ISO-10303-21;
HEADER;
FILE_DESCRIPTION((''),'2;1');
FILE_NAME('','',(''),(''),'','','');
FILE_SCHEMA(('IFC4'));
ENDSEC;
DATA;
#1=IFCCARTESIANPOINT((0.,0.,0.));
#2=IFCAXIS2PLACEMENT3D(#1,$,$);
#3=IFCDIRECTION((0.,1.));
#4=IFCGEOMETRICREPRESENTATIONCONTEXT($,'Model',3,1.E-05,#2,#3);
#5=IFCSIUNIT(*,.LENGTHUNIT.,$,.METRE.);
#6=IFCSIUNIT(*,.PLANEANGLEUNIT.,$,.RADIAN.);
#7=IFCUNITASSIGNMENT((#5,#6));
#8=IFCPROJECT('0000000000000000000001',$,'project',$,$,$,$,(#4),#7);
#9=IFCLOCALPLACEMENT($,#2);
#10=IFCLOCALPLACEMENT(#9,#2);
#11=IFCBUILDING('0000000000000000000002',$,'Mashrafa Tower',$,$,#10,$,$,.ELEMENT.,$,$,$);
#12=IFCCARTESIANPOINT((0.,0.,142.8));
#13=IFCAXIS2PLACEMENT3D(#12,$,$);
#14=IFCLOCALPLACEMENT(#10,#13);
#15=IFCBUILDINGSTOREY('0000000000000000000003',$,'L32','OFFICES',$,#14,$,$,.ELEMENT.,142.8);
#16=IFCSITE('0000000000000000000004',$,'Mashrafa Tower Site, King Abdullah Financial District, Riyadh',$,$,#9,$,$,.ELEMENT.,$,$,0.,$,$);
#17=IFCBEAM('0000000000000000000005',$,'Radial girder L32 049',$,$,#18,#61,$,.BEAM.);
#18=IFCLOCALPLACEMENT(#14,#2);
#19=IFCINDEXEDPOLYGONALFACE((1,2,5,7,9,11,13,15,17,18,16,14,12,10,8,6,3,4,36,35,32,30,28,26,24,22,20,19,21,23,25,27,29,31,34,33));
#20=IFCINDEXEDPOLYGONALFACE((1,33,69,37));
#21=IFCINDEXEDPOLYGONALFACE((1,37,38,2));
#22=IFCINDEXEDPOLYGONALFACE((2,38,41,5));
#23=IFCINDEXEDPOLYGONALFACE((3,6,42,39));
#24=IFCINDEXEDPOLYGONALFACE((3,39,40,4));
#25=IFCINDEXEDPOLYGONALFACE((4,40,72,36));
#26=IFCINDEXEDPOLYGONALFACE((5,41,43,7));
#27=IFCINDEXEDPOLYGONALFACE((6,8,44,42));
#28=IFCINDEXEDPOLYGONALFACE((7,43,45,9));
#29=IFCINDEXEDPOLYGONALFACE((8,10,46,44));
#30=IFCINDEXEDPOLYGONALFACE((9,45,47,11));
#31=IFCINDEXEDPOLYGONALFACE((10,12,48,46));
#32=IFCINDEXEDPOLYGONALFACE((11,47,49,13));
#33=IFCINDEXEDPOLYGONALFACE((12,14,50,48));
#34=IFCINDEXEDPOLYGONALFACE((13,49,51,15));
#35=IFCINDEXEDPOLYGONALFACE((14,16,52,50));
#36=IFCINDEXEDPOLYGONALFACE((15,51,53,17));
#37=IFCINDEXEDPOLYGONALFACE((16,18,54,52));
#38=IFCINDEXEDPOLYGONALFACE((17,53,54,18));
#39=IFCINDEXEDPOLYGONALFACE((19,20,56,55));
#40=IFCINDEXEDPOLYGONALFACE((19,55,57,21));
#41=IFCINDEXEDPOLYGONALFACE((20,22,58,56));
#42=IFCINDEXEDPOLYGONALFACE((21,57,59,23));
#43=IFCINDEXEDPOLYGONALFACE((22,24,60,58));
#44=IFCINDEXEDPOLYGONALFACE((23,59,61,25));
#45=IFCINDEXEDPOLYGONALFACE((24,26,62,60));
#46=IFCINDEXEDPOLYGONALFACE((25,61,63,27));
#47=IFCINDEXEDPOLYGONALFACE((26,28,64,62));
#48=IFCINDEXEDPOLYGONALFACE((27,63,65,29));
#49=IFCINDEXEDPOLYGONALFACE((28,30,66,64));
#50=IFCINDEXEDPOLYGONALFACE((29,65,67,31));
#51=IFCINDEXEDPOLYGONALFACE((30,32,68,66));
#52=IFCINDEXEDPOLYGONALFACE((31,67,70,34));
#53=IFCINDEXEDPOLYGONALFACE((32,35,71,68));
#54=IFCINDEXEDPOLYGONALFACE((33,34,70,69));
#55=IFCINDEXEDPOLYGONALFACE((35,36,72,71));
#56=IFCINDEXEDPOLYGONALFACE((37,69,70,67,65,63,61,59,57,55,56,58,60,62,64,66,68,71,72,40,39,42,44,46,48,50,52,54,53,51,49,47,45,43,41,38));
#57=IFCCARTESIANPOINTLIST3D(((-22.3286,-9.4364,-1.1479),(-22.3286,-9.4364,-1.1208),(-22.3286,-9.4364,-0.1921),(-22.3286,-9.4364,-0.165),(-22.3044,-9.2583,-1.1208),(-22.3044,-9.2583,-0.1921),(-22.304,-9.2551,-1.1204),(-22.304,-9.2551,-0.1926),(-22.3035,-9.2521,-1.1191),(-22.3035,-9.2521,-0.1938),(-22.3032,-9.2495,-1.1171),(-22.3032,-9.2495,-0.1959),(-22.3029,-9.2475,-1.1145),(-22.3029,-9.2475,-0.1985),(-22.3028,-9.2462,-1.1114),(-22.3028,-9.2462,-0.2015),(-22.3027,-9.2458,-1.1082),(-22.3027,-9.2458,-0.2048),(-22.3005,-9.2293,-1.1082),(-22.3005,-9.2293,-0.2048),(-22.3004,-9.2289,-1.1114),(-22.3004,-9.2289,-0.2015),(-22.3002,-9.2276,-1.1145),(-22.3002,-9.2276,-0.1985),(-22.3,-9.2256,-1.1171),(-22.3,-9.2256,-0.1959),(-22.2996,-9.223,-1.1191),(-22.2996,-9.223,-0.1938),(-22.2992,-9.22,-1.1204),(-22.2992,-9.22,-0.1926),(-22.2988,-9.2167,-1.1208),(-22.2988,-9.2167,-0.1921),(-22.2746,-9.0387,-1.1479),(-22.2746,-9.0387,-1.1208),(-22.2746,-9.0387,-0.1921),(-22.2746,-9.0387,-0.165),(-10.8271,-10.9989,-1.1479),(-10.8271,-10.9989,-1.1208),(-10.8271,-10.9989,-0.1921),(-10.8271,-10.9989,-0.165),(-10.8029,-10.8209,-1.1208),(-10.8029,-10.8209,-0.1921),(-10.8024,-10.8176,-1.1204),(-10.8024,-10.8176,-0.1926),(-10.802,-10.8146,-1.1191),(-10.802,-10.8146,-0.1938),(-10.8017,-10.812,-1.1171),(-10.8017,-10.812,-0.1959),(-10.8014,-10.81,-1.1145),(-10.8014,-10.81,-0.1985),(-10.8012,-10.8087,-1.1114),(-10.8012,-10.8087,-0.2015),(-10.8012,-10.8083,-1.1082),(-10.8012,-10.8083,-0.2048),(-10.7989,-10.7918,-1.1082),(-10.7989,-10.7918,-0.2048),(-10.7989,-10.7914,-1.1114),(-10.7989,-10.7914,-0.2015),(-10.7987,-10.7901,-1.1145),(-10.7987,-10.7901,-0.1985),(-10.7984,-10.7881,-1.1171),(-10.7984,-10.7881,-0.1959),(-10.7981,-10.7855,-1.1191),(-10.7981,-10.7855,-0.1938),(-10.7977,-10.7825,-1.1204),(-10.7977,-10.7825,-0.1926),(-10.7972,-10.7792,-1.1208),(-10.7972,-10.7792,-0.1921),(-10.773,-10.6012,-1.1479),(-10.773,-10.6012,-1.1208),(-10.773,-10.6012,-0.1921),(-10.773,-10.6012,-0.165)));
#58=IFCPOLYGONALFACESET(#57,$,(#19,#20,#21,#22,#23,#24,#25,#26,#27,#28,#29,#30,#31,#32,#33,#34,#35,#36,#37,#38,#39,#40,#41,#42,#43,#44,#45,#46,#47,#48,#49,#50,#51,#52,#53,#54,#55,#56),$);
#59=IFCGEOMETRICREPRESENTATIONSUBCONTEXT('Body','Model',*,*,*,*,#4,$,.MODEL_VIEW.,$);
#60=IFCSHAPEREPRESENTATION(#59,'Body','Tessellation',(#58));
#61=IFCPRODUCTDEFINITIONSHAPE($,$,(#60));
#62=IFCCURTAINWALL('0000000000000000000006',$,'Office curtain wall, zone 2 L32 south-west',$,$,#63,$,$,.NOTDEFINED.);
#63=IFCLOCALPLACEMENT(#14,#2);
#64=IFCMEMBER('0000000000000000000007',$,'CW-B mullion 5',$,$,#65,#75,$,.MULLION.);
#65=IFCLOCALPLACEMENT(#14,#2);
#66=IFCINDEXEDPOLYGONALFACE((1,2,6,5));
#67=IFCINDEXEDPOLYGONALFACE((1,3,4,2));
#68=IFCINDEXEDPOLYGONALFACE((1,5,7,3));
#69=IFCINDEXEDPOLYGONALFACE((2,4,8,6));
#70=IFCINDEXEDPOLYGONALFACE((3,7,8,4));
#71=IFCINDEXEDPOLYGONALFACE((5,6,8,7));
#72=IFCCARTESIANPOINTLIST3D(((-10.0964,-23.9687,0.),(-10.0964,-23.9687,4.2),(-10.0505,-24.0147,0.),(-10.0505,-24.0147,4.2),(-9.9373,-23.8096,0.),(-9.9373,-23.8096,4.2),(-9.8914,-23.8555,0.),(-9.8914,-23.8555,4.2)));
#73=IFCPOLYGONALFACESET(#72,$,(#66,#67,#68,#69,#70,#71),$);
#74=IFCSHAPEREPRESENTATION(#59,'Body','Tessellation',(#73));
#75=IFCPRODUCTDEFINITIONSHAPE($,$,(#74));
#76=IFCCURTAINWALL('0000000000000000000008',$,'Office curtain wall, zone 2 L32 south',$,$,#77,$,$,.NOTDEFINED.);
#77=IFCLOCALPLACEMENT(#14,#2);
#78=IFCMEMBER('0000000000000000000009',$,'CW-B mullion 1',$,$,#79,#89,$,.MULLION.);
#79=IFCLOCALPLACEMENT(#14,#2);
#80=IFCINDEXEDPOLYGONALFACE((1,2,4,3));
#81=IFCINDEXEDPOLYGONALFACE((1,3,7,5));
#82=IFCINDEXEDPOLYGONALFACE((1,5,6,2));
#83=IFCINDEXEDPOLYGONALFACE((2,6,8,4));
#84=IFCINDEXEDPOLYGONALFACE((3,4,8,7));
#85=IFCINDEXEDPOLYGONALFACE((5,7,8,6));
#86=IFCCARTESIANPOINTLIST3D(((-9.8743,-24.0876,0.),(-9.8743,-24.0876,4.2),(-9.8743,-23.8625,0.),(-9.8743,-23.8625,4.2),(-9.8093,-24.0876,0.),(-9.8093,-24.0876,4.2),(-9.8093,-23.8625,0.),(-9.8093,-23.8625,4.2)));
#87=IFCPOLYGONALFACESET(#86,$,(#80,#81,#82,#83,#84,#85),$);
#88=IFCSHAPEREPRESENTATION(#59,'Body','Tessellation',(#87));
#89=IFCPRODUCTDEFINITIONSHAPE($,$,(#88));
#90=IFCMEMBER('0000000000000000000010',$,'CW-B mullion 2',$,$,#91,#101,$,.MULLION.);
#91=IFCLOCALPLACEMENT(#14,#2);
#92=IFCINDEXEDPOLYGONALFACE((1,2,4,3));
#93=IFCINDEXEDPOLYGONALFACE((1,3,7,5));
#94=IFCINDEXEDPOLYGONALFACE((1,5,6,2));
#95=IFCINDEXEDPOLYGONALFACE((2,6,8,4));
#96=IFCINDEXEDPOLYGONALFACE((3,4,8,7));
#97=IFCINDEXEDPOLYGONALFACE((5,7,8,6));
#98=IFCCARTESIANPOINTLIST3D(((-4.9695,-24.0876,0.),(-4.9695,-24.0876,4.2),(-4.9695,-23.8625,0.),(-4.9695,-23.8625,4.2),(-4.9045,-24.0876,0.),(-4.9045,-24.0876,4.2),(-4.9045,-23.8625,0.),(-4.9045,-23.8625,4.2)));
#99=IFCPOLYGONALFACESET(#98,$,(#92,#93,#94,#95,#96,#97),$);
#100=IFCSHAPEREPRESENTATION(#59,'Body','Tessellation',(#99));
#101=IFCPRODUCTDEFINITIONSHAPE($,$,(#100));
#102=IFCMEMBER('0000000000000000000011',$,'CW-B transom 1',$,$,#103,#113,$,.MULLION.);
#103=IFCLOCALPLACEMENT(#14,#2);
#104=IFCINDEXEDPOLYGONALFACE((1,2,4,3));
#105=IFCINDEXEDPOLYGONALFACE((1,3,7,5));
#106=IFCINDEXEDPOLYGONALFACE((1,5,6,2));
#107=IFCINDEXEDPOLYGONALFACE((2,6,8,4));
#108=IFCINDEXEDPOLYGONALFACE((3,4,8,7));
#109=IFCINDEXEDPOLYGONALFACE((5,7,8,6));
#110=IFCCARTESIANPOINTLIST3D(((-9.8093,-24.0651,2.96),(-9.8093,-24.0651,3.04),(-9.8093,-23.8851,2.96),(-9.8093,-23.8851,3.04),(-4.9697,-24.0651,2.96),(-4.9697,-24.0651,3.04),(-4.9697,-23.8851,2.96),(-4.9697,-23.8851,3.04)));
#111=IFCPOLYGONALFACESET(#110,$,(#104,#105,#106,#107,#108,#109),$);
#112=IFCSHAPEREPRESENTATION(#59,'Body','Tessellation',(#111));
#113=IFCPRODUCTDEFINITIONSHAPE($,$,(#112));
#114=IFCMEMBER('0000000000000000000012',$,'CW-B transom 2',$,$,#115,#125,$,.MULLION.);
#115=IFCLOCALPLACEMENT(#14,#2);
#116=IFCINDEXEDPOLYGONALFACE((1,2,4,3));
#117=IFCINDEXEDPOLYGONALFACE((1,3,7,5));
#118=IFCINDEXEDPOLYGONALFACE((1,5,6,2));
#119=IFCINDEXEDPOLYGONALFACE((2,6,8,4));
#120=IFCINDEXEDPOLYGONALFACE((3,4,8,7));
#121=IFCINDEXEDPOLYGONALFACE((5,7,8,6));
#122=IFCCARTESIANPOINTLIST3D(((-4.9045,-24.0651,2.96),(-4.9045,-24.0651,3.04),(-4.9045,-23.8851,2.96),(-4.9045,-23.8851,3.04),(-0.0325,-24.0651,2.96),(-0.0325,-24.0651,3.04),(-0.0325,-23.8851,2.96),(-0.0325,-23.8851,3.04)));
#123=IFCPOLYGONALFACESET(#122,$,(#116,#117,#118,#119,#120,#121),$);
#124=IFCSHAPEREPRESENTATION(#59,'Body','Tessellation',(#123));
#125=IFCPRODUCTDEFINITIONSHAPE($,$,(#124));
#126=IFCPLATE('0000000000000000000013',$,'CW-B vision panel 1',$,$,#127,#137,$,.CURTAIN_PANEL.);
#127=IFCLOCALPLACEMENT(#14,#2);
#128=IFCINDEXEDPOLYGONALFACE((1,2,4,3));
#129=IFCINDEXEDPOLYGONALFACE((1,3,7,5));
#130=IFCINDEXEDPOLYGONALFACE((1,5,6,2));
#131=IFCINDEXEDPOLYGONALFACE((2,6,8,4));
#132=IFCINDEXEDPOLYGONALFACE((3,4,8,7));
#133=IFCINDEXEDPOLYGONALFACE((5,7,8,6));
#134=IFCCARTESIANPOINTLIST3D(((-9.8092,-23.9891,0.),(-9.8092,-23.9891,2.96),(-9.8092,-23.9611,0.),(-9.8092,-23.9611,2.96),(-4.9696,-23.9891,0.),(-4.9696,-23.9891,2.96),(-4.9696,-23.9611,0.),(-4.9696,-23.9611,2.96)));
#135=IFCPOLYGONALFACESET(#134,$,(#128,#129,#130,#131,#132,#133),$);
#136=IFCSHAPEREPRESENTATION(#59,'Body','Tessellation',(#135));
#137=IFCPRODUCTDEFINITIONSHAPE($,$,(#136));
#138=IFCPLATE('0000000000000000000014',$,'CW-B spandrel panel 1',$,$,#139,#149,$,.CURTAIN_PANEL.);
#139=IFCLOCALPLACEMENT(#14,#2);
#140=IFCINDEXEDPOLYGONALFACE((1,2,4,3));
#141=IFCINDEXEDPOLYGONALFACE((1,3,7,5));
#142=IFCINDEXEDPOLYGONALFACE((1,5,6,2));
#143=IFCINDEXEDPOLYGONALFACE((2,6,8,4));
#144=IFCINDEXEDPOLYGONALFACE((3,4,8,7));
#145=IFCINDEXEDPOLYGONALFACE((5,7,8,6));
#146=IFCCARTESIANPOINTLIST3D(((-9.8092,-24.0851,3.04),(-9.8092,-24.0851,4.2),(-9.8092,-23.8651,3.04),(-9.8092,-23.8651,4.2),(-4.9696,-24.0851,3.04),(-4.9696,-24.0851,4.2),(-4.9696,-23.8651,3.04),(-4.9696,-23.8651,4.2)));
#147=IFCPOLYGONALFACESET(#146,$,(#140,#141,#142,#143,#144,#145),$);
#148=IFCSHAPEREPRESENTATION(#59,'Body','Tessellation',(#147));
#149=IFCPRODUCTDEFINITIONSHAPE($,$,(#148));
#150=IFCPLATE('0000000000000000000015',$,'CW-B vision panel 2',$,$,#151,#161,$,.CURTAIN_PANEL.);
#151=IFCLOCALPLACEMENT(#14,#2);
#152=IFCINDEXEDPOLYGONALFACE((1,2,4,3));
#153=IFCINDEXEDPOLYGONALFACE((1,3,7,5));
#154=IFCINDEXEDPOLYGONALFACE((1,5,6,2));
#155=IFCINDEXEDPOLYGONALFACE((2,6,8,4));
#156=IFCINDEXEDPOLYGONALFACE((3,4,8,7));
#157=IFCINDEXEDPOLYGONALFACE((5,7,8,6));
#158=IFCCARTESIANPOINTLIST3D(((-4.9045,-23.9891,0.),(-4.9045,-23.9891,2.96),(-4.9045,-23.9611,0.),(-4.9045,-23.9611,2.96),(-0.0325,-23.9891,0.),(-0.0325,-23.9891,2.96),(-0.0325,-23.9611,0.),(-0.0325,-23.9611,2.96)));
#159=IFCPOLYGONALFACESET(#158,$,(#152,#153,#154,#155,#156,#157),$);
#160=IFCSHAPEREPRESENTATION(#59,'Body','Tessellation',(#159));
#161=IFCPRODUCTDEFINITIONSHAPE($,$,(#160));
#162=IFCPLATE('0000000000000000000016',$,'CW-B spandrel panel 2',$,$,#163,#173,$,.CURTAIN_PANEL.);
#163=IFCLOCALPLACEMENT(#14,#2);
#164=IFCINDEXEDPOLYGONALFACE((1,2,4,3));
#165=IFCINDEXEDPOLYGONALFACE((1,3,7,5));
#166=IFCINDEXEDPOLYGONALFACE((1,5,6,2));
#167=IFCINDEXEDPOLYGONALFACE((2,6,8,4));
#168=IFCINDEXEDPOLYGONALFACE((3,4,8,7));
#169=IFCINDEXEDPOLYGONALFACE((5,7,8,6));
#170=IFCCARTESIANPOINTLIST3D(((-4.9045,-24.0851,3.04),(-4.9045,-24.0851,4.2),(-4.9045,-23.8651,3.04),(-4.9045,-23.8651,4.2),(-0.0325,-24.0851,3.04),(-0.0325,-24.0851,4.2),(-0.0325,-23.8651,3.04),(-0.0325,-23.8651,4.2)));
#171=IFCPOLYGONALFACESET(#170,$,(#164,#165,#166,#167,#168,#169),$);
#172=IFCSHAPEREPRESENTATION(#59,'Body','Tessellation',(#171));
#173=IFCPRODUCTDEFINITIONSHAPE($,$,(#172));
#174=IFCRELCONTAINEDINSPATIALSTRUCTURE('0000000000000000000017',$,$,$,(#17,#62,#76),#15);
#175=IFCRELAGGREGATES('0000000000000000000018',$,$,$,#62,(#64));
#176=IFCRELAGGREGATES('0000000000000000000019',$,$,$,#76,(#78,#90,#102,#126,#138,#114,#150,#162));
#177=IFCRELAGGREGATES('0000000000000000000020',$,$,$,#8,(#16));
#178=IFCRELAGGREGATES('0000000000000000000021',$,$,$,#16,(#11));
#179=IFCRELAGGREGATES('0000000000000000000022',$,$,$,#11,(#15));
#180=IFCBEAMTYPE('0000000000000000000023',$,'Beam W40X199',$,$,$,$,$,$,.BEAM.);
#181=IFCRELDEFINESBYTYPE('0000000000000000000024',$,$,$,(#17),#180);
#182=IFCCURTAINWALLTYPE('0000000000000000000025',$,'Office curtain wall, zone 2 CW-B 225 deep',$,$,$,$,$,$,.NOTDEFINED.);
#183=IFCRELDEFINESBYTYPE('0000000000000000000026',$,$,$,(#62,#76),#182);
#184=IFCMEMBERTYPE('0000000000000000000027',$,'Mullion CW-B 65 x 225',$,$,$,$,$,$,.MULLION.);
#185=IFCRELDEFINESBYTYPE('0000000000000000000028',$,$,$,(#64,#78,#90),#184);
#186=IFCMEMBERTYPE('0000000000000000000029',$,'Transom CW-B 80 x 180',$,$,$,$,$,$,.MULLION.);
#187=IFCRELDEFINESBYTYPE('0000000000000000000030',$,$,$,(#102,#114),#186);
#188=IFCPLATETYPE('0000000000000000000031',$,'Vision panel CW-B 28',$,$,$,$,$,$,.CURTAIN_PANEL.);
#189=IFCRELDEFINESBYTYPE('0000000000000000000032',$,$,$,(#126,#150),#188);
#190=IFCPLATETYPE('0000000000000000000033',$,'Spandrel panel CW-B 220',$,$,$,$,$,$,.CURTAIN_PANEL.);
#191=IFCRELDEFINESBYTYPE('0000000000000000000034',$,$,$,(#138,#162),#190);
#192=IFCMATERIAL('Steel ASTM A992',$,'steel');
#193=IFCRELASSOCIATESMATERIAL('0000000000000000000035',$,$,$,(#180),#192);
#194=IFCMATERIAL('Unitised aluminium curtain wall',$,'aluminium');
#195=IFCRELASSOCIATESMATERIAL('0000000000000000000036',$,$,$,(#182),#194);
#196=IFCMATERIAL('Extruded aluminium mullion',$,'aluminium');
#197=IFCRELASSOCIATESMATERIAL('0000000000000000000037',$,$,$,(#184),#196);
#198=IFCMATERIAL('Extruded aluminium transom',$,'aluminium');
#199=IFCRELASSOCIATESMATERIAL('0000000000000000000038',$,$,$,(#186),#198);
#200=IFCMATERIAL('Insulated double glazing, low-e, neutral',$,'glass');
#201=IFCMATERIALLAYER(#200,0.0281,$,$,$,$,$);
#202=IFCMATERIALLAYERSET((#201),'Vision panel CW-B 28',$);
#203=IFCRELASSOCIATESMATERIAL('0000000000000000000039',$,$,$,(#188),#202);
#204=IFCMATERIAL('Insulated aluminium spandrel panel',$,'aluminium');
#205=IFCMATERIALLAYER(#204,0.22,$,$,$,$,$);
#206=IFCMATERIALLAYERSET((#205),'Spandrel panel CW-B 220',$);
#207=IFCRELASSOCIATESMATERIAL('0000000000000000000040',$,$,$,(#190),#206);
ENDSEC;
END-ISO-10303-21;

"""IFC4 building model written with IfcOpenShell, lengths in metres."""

from ifc_helpers import new_model, si_unit, direction, frame, origin, origin_2d, place, context, subcontext, project, spatial, rectangle, i_section, extrude, source, transform, mapped, material, layer, layer_set, material_profile, profile_set, type_object, type_shapes, element, aggregate, save


model = new_model("IFC4")

# Units and contexts
model_context = context("Model", 3, precision=1e-05, world=origin(), true_north=direction((0.0, 1.0)))
body_context = subcontext(model_context, "Body", "Model", "MODEL_VIEW")
ifc_project = project(units=[si_unit("LENGTHUNIT", "METRE"), si_unit("PLANEANGLEUNIT", "RADIAN")], contexts=[model_context])

# Site, building, storey
site_placement = place(None, origin())
site = spatial("IfcSite", under=ifc_project, at=site_placement, Name="Mashrafa Tower Site, King Abdullah Financial District, Riyadh", CompositionType="ELEMENT", RefElevation=0.0)
building_placement = place(site_placement, origin())
building = spatial("IfcBuilding", under=site, at=building_placement, Name="Mashrafa Tower", CompositionType="ELEMENT")
storey_placement = place(building_placement, frame((0.0, 0.0, 142.8)))
storey = spatial("IfcBuildingStorey", under=building, at=storey_placement, Name="L32", Description="OFFICES", CompositionType="ELEMENT", Elevation=142.8)

# Beam
ifc_material_1 = material(Name="Steel ASTM A992", Category="steel")
ifc_material_profile_1 = material_profile(ifc_material_1, i_section(OverallWidth=0.4014, OverallDepth=0.9829, WebThickness=0.0166, FlangeThickness=0.0271, FilletRadius=0.0127, at=origin_2d()), Name="W40X199")
ifc_profile_set_1 = profile_set([ifc_material_profile_1], Name="Steel ASTM A992")
beam_type_1 = type_object("IfcBeamType", Name="Beam W40X199", PredefinedType="BEAM", material=ifc_profile_set_1)
beam_1_placement = place(storey_placement, frame((-10.8, -10.8, -0.6565), z_axis=(-0.990898, 0.134616, 0.0), x_axis=(-0.134616, -0.990898, 0.0)))
element("IfcBeam", 1, at=beam_1_placement, inside=storey, type_object=beam_type_1, Name="Radial girder L32 049", PredefinedType="BEAM", context=body_context, shape_type="SweptSolid", body=[
    extrude(i_section(OverallWidth=0.4014, OverallDepth=0.9829, WebThickness=0.0166, FlangeThickness=0.0271, FilletRadius=0.0127, at=origin_2d()), origin(), (0.0, 0.0, 1.0), 11.6072),
])

# Curtain wall, member
ifc_material_2 = material(Name="Unitised aluminium curtain wall", Category="aluminium")
curtain_wall_type = type_object("IfcCurtainWallType", Name="Office curtain wall, zone 2 CW-B 225 deep", PredefinedType="NOTDEFINED", material=ifc_material_2)
curtain_wall_1_placement = place(storey_placement, origin())
curtain_wall_1 = element("IfcCurtainWall", 2, at=curtain_wall_1_placement, inside=storey, type_object=curtain_wall_type, Name="Office curtain wall, zone 2 L32 south-west", PredefinedType="NOTDEFINED")
ifc_material_3 = material(Name="Extruded aluminium mullion", Category="aluminium")
ifc_material_profile_2 = material_profile(ifc_material_3, rectangle(XDim=0.2251, YDim=0.0649, at=origin_2d()), Name="Mullion 65x225")
ifc_profile_set_2 = profile_set([ifc_material_profile_2], Name="Extruded aluminium mullion")
member_type_1 = type_object("IfcMemberType", Name="Mullion CW-B 65 x 225", PredefinedType="MULLION", material=ifc_profile_set_2)
shared_shape_1 = source(origin(), body_context, "Body", "SweptSolid", [
    extrude(rectangle(XDim=0.2251, YDim=0.0649, at=origin_2d()), origin(), (0.0, 0.0, 1.0), 4.2),
])
type_shapes(member_type_1, [shared_shape_1])
member_1_placement = place(storey_placement, frame((-9.9939, -23.9121, 0.0), z_axis=(0.0, 0.0, 1.0), x_axis=(0.707107, 0.707107, 0.0)))
member_1 = element("IfcMember", 3, at=member_1_placement, type_object=member_type_1, Name="CW-B mullion 5", PredefinedType="MULLION", context=body_context, shape_type="MappedRepresentation", body=[
    mapped(shared_shape_1, transform((0.0, 0.0, 0.0))),
])
aggregate(curtain_wall_1, [member_1])

# Curtain wall, members, plates
curtain_wall_2_placement = place(storey_placement, origin())
curtain_wall_2 = element("IfcCurtainWall", 4, at=curtain_wall_2_placement, inside=storey, type_object=curtain_wall_type, Name="Office curtain wall, zone 2 L32 south", PredefinedType="NOTDEFINED")
member_2_placement = place(storey_placement, frame((-9.8418, -23.9751, 0.0), z_axis=(0.0, 0.0, 1.0), x_axis=(0.0, 1.0, 0.0)))
member_2 = element("IfcMember", 5, at=member_2_placement, type_object=member_type_1, Name="CW-B mullion 1", PredefinedType="MULLION", context=body_context, shape_type="MappedRepresentation", body=[
    mapped(shared_shape_1, transform((0.0, 0.0, 0.0))),
])
member_3_placement = place(storey_placement, frame((-4.937, -23.9751, 0.0), z_axis=(0.0, 0.0, 1.0), x_axis=(0.0, 1.0, 0.0)))
member_3 = element("IfcMember", 6, at=member_3_placement, type_object=member_type_1, Name="CW-B mullion 2", PredefinedType="MULLION", context=body_context, shape_type="MappedRepresentation", body=[
    mapped(shared_shape_1, transform((0.0, 0.0, 0.0))),
])
ifc_material_4 = material(Name="Extruded aluminium transom", Category="aluminium")
ifc_material_profile_3 = material_profile(ifc_material_4, rectangle(XDim=0.1799, YDim=0.0801, at=origin_2d()), Name="Transom 80x180")
ifc_profile_set_3 = profile_set([ifc_material_profile_3], Name="Extruded aluminium transom")
member_type_2 = type_object("IfcMemberType", Name="Transom CW-B 80 x 180", PredefinedType="MULLION", material=ifc_profile_set_3)
shared_shape_2 = source(origin(), body_context, "Body", "SweptSolid", [
    extrude(rectangle(XDim=0.1799, YDim=0.0801, at=origin_2d()), origin(), (0.0, 0.0, 1.0), 4.8396),
])
member_4_placement = place(storey_placement, frame((-9.8093, -23.9751, 3.0), z_axis=(1.0, 0.0, 0.0), x_axis=(0.0, 1.0, 0.0)))
member_4 = element("IfcMember", 7, at=member_4_placement, type_object=member_type_2, Name="CW-B transom 1", PredefinedType="MULLION", context=body_context, shape_type="MappedRepresentation", body=[
    mapped(shared_shape_2, transform((0.0, 0.0, 0.0))),
])
shared_shape_3 = source(origin(), body_context, "Body", "SweptSolid", [
    extrude(rectangle(XDim=0.1799, YDim=0.0801, at=origin_2d()), origin(), (0.0, 0.0, 1.0), 4.8721),
])
type_shapes(member_type_2, [shared_shape_2, shared_shape_3])
member_5_placement = place(storey_placement, frame((-4.9045, -23.9751, 3.0), z_axis=(1.0, 0.0, 0.0), x_axis=(0.0, 1.0, 0.0)))
member_5 = element("IfcMember", 8, at=member_5_placement, type_object=member_type_2, Name="CW-B transom 2", PredefinedType="MULLION", context=body_context, shape_type="MappedRepresentation", body=[
    mapped(shared_shape_3, transform((0.0, 0.0, 0.0))),
])
ifc_material_5 = material(Name="Insulated double glazing, low-e, neutral", Category="glass")
ifc_layer_1 = layer(ifc_material_5, 0.0281)
ifc_layer_set_1 = layer_set([ifc_layer_1], Name="Vision panel CW-B 28")
plate_type_1 = type_object("IfcPlateType", Name="Vision panel CW-B 28", PredefinedType="CURTAIN_PANEL", material=ifc_layer_set_1)
shared_shape_4 = source(origin(), body_context, "Body", "SweptSolid", [
    extrude(rectangle(XDim=4.8396, YDim=0.0281, at=origin_2d()), origin(), (0.0, 0.0, 1.0), 2.96),
])
plate_1_placement = place(storey_placement, frame((-7.3894, -23.9751, 0.0), z_axis=(0.0, 0.0, 1.0), x_axis=(1.0, 0.0, 0.0)))
plate_1 = element("IfcPlate", 9, at=plate_1_placement, type_object=plate_type_1, Name="CW-B vision panel 1", PredefinedType="CURTAIN_PANEL", context=body_context, shape_type="MappedRepresentation", body=[
    mapped(shared_shape_4, transform((0.0, 0.0, 0.0))),
])
ifc_material_6 = material(Name="Insulated aluminium spandrel panel", Category="aluminium")
ifc_layer_2 = layer(ifc_material_6, 0.22)
ifc_layer_set_2 = layer_set([ifc_layer_2], Name="Spandrel panel CW-B 220")
plate_type_2 = type_object("IfcPlateType", Name="Spandrel panel CW-B 220", PredefinedType="CURTAIN_PANEL", material=ifc_layer_set_2)
shared_shape_5 = source(origin(), body_context, "Body", "SweptSolid", [
    extrude(rectangle(XDim=4.8396, YDim=0.22, at=origin_2d()), origin(), (0.0, 0.0, 1.0), 1.1599),
])
plate_2_placement = place(storey_placement, frame((-7.3894, -23.9751, 3.04), z_axis=(0.0, 0.0, 1.0), x_axis=(1.0, 0.0, 0.0)))
plate_2 = element("IfcPlate", 10, at=plate_2_placement, type_object=plate_type_2, Name="CW-B spandrel panel 1", PredefinedType="CURTAIN_PANEL", context=body_context, shape_type="MappedRepresentation", body=[
    mapped(shared_shape_5, transform((0.0, 0.0, 0.0))),
])
shared_shape_6 = source(origin(), body_context, "Body", "SweptSolid", [
    extrude(rectangle(XDim=4.8721, YDim=0.0281, at=origin_2d()), origin(), (0.0, 0.0, 1.0), 2.96),
])
type_shapes(plate_type_1, [shared_shape_4, shared_shape_6])
plate_3_placement = place(storey_placement, frame((-2.4685, -23.9751, 0.0), z_axis=(0.0, 0.0, 1.0), x_axis=(1.0, 0.0, 0.0)))
plate_3 = element("IfcPlate", 11, at=plate_3_placement, type_object=plate_type_1, Name="CW-B vision panel 2", PredefinedType="CURTAIN_PANEL", context=body_context, shape_type="MappedRepresentation", body=[
    mapped(shared_shape_6, transform((0.0, 0.0, 0.0))),
])
shared_shape_7 = source(origin(), body_context, "Body", "SweptSolid", [
    extrude(rectangle(XDim=4.8721, YDim=0.22, at=origin_2d()), origin(), (0.0, 0.0, 1.0), 1.1599),
])
type_shapes(plate_type_2, [shared_shape_5, shared_shape_7])
plate_4_placement = place(storey_placement, frame((-2.4685, -23.9751, 3.04), z_axis=(0.0, 0.0, 1.0), x_axis=(1.0, 0.0, 0.0)))
plate_4 = element("IfcPlate", 12, at=plate_4_placement, type_object=plate_type_2, Name="CW-B spandrel panel 2", PredefinedType="CURTAIN_PANEL", context=body_context, shape_type="MappedRepresentation", body=[
    mapped(shared_shape_7, transform((0.0, 0.0, 0.0))),
])
aggregate(curtain_wall_2, [member_2, member_3, member_4, plate_1, plate_2, member_5, plate_3, plate_4])

save(model, "model.ifc")
